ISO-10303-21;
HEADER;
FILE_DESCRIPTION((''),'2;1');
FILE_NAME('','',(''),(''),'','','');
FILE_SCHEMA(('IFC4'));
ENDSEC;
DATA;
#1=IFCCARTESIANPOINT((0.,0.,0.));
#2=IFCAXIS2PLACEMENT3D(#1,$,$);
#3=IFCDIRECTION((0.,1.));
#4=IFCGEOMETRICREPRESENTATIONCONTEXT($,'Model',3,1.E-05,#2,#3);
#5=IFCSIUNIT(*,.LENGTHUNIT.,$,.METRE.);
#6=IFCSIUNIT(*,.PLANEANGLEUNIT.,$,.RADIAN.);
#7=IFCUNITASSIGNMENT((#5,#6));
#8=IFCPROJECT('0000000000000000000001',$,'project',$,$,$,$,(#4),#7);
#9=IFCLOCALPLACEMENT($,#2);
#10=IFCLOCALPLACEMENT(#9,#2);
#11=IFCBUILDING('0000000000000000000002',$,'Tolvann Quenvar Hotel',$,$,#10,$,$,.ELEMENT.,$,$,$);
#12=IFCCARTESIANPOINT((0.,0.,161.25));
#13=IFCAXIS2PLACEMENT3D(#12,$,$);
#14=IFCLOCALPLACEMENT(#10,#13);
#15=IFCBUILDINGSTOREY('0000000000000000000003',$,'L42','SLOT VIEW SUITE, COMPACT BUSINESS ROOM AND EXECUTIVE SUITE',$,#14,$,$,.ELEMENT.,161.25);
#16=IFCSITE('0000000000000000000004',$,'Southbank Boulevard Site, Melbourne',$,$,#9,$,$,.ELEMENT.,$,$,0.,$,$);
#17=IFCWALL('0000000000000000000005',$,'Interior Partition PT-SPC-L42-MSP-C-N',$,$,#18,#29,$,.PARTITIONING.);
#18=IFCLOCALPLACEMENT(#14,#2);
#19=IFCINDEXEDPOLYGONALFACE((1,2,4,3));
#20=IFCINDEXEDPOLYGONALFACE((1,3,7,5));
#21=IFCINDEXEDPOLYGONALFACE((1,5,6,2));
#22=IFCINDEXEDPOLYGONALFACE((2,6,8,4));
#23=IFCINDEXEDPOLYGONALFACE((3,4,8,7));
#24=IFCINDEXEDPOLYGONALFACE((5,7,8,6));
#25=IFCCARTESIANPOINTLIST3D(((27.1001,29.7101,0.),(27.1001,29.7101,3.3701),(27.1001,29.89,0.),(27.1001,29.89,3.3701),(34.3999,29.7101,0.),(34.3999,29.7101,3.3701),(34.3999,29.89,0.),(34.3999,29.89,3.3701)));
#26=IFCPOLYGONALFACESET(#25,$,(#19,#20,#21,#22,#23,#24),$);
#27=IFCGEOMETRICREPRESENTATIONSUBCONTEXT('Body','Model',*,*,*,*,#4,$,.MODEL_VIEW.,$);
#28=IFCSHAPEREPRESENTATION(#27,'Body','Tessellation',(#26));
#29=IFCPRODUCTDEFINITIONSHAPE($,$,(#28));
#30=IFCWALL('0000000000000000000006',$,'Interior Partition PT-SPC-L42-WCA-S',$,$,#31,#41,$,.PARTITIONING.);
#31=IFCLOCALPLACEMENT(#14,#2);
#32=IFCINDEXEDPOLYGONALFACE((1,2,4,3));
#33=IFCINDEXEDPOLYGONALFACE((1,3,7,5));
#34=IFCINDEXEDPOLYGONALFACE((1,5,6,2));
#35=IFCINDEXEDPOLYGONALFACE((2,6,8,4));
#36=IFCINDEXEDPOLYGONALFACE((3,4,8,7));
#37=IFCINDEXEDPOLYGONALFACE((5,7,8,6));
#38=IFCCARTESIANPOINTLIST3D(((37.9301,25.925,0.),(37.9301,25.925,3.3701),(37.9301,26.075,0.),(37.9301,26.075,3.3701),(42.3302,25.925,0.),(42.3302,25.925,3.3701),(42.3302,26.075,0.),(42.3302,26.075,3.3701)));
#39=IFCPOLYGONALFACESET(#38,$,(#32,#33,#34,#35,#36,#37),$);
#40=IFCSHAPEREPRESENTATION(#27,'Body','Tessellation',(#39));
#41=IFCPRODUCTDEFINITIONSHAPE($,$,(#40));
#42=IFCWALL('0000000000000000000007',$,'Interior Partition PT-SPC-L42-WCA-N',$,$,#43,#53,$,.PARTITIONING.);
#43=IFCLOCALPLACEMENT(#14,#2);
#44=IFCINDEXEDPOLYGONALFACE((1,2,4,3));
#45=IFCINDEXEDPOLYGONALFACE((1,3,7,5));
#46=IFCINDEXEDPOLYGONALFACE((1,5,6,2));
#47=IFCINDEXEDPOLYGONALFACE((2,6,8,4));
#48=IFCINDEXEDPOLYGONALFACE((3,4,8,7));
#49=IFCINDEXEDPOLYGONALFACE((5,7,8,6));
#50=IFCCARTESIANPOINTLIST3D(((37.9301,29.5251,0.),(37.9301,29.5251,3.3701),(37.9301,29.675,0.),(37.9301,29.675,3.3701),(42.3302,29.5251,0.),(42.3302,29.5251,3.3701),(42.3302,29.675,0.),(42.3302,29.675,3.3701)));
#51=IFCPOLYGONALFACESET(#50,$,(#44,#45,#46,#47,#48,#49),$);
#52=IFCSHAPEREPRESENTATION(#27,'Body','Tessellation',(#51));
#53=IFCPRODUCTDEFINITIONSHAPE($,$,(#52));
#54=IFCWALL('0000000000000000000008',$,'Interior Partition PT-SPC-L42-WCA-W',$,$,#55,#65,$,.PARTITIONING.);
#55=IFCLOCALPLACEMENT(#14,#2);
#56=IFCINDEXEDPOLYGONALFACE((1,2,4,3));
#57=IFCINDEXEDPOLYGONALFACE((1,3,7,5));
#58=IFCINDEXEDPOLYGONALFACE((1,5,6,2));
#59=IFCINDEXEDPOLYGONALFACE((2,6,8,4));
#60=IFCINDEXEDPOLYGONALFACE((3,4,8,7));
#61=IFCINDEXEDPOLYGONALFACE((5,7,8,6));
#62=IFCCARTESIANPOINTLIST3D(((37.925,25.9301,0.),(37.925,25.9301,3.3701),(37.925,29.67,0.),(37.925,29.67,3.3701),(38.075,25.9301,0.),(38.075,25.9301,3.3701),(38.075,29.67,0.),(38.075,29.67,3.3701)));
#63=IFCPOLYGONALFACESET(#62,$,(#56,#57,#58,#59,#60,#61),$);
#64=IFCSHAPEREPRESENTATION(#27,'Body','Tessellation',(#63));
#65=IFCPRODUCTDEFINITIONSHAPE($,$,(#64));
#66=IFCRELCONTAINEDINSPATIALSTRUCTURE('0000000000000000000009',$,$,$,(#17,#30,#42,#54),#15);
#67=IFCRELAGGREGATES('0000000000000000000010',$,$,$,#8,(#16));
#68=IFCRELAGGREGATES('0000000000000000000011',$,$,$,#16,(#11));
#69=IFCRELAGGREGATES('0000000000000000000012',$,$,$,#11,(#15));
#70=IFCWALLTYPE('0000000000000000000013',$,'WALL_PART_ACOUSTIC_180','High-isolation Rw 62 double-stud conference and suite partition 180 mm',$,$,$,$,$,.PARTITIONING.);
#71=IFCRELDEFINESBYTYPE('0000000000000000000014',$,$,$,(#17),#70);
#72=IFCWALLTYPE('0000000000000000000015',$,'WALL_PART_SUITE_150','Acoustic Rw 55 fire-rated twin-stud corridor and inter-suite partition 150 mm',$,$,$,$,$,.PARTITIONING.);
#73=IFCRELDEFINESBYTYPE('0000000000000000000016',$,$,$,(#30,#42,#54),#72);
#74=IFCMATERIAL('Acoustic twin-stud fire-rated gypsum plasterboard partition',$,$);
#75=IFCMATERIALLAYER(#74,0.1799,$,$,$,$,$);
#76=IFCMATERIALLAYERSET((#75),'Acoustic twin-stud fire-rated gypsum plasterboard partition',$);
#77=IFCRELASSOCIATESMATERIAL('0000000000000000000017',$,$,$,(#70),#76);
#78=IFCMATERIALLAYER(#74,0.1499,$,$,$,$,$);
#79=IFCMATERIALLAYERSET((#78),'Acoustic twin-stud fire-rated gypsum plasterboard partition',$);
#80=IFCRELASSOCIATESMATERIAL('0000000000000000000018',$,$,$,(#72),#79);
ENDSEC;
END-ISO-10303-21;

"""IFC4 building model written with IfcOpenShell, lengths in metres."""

from ifc_helpers import new_model, si_unit, direction, frame, frame_2d, origin, place, context, subcontext, project, spatial, rectangle, extrude, material, layer, layer_set, type_object, element, save


model = new_model("IFC4")

# Units and contexts
model_context = context("Model", 3, precision=1e-05, world=origin(), true_north=direction((0.0, 1.0)))
body_context = subcontext(model_context, "Body", "Model", "MODEL_VIEW")
ifc_project = project(units=[si_unit("LENGTHUNIT", "METRE"), si_unit("PLANEANGLEUNIT", "RADIAN")], contexts=[model_context])

# Site, building, storey
site_placement = place(None, origin())
site = spatial("IfcSite", under=ifc_project, at=site_placement, Name="Southbank Boulevard Site, Melbourne", CompositionType="ELEMENT", RefElevation=0.0)
building_placement = place(site_placement, origin())
building = spatial("IfcBuilding", under=site, at=building_placement, Name="Tolvann Quenvar Hotel", CompositionType="ELEMENT")
storey_placement = place(building_placement, frame((0.0, 0.0, 161.25)))
storey = spatial("IfcBuildingStorey", under=building, at=storey_placement, Name="L42", Description="SLOT VIEW SUITE, COMPACT BUSINESS ROOM AND EXECUTIVE SUITE", CompositionType="ELEMENT", Elevation=161.25)

# Walls
ifc_material_1 = material(Name="Acoustic twin-stud fire-rated gypsum plasterboard partition")
ifc_layer_1 = layer(ifc_material_1, 0.1799)
ifc_layer_set_1 = layer_set([ifc_layer_1], Name="Acoustic twin-stud fire-rated gypsum plasterboard partition")
wall_type_1 = type_object("IfcWallType", Name="WALL_PART_ACOUSTIC_180", Description="High-isolation Rw 62 double-stud conference and suite partition 180 mm", PredefinedType="PARTITIONING", material=ifc_layer_set_1)
wall_1_placement = place(storey_placement, frame((27.1001, 29.8, 0.0), z_axis=(0.0, 0.0, 1.0), x_axis=(1.0, 0.0, 0.0)))
element("IfcWall", 1, at=wall_1_placement, inside=storey, type_object=wall_type_1, Name="Interior Partition PT-SPC-L42-MSP-C-N", PredefinedType="PARTITIONING", context=body_context, shape_type="SweptSolid", body=[
    extrude(rectangle(XDim=7.2998, YDim=0.1799, at=frame_2d((3.6499, 0.0))), origin(), (0.0, 0.0, 1.0), 3.3701),
])
ifc_layer_2 = layer(ifc_material_1, 0.1499)
ifc_layer_set_2 = layer_set([ifc_layer_2], Name="Acoustic twin-stud fire-rated gypsum plasterboard partition")
wall_type_2 = type_object("IfcWallType", Name="WALL_PART_SUITE_150", Description="Acoustic Rw 55 fire-rated twin-stud corridor and inter-suite partition 150 mm", PredefinedType="PARTITIONING", material=ifc_layer_set_2)
for number, where, z_axis, x_axis, name in (
    (2, (37.9299, 26.0, 0.0), (0.0, 0.0, 1.0), (1.0, 0.0, 0.0), "Interior Partition PT-SPC-L42-WCA-S"),
    (3, (37.9299, 29.6001, 0.0), (0.0, 0.0, 1.0), (1.0, 0.0, 0.0), "Interior Partition PT-SPC-L42-WCA-N"),
):
    element("IfcWall", number, at=place(storey_placement, frame(where, z_axis=z_axis, x_axis=x_axis)), inside=storey, type_object=wall_type_2, Name=name, PredefinedType="PARTITIONING", context=body_context, shape_type="SweptSolid", body=[
        extrude(rectangle(XDim=4.4001, YDim=0.1499, at=frame_2d((2.2002, 0.0))), origin(), (0.0, 0.0, 1.0), 3.3701),
    ])
wall_2_placement = place(storey_placement, frame((38.0, 25.9299, 0.0), z_axis=(0.0, 0.0, 1.0), x_axis=(0.0, 1.0, 0.0)))
element("IfcWall", 4, at=wall_2_placement, inside=storey, type_object=wall_type_2, Name="Interior Partition PT-SPC-L42-WCA-W", PredefinedType="PARTITIONING", context=body_context, shape_type="SweptSolid", body=[
    extrude(rectangle(XDim=3.74, YDim=0.1499, at=frame_2d((1.8701, 0.0))), origin(), (0.0, 0.0, 1.0), 3.3701),
])

save(model, "model.ifc")
